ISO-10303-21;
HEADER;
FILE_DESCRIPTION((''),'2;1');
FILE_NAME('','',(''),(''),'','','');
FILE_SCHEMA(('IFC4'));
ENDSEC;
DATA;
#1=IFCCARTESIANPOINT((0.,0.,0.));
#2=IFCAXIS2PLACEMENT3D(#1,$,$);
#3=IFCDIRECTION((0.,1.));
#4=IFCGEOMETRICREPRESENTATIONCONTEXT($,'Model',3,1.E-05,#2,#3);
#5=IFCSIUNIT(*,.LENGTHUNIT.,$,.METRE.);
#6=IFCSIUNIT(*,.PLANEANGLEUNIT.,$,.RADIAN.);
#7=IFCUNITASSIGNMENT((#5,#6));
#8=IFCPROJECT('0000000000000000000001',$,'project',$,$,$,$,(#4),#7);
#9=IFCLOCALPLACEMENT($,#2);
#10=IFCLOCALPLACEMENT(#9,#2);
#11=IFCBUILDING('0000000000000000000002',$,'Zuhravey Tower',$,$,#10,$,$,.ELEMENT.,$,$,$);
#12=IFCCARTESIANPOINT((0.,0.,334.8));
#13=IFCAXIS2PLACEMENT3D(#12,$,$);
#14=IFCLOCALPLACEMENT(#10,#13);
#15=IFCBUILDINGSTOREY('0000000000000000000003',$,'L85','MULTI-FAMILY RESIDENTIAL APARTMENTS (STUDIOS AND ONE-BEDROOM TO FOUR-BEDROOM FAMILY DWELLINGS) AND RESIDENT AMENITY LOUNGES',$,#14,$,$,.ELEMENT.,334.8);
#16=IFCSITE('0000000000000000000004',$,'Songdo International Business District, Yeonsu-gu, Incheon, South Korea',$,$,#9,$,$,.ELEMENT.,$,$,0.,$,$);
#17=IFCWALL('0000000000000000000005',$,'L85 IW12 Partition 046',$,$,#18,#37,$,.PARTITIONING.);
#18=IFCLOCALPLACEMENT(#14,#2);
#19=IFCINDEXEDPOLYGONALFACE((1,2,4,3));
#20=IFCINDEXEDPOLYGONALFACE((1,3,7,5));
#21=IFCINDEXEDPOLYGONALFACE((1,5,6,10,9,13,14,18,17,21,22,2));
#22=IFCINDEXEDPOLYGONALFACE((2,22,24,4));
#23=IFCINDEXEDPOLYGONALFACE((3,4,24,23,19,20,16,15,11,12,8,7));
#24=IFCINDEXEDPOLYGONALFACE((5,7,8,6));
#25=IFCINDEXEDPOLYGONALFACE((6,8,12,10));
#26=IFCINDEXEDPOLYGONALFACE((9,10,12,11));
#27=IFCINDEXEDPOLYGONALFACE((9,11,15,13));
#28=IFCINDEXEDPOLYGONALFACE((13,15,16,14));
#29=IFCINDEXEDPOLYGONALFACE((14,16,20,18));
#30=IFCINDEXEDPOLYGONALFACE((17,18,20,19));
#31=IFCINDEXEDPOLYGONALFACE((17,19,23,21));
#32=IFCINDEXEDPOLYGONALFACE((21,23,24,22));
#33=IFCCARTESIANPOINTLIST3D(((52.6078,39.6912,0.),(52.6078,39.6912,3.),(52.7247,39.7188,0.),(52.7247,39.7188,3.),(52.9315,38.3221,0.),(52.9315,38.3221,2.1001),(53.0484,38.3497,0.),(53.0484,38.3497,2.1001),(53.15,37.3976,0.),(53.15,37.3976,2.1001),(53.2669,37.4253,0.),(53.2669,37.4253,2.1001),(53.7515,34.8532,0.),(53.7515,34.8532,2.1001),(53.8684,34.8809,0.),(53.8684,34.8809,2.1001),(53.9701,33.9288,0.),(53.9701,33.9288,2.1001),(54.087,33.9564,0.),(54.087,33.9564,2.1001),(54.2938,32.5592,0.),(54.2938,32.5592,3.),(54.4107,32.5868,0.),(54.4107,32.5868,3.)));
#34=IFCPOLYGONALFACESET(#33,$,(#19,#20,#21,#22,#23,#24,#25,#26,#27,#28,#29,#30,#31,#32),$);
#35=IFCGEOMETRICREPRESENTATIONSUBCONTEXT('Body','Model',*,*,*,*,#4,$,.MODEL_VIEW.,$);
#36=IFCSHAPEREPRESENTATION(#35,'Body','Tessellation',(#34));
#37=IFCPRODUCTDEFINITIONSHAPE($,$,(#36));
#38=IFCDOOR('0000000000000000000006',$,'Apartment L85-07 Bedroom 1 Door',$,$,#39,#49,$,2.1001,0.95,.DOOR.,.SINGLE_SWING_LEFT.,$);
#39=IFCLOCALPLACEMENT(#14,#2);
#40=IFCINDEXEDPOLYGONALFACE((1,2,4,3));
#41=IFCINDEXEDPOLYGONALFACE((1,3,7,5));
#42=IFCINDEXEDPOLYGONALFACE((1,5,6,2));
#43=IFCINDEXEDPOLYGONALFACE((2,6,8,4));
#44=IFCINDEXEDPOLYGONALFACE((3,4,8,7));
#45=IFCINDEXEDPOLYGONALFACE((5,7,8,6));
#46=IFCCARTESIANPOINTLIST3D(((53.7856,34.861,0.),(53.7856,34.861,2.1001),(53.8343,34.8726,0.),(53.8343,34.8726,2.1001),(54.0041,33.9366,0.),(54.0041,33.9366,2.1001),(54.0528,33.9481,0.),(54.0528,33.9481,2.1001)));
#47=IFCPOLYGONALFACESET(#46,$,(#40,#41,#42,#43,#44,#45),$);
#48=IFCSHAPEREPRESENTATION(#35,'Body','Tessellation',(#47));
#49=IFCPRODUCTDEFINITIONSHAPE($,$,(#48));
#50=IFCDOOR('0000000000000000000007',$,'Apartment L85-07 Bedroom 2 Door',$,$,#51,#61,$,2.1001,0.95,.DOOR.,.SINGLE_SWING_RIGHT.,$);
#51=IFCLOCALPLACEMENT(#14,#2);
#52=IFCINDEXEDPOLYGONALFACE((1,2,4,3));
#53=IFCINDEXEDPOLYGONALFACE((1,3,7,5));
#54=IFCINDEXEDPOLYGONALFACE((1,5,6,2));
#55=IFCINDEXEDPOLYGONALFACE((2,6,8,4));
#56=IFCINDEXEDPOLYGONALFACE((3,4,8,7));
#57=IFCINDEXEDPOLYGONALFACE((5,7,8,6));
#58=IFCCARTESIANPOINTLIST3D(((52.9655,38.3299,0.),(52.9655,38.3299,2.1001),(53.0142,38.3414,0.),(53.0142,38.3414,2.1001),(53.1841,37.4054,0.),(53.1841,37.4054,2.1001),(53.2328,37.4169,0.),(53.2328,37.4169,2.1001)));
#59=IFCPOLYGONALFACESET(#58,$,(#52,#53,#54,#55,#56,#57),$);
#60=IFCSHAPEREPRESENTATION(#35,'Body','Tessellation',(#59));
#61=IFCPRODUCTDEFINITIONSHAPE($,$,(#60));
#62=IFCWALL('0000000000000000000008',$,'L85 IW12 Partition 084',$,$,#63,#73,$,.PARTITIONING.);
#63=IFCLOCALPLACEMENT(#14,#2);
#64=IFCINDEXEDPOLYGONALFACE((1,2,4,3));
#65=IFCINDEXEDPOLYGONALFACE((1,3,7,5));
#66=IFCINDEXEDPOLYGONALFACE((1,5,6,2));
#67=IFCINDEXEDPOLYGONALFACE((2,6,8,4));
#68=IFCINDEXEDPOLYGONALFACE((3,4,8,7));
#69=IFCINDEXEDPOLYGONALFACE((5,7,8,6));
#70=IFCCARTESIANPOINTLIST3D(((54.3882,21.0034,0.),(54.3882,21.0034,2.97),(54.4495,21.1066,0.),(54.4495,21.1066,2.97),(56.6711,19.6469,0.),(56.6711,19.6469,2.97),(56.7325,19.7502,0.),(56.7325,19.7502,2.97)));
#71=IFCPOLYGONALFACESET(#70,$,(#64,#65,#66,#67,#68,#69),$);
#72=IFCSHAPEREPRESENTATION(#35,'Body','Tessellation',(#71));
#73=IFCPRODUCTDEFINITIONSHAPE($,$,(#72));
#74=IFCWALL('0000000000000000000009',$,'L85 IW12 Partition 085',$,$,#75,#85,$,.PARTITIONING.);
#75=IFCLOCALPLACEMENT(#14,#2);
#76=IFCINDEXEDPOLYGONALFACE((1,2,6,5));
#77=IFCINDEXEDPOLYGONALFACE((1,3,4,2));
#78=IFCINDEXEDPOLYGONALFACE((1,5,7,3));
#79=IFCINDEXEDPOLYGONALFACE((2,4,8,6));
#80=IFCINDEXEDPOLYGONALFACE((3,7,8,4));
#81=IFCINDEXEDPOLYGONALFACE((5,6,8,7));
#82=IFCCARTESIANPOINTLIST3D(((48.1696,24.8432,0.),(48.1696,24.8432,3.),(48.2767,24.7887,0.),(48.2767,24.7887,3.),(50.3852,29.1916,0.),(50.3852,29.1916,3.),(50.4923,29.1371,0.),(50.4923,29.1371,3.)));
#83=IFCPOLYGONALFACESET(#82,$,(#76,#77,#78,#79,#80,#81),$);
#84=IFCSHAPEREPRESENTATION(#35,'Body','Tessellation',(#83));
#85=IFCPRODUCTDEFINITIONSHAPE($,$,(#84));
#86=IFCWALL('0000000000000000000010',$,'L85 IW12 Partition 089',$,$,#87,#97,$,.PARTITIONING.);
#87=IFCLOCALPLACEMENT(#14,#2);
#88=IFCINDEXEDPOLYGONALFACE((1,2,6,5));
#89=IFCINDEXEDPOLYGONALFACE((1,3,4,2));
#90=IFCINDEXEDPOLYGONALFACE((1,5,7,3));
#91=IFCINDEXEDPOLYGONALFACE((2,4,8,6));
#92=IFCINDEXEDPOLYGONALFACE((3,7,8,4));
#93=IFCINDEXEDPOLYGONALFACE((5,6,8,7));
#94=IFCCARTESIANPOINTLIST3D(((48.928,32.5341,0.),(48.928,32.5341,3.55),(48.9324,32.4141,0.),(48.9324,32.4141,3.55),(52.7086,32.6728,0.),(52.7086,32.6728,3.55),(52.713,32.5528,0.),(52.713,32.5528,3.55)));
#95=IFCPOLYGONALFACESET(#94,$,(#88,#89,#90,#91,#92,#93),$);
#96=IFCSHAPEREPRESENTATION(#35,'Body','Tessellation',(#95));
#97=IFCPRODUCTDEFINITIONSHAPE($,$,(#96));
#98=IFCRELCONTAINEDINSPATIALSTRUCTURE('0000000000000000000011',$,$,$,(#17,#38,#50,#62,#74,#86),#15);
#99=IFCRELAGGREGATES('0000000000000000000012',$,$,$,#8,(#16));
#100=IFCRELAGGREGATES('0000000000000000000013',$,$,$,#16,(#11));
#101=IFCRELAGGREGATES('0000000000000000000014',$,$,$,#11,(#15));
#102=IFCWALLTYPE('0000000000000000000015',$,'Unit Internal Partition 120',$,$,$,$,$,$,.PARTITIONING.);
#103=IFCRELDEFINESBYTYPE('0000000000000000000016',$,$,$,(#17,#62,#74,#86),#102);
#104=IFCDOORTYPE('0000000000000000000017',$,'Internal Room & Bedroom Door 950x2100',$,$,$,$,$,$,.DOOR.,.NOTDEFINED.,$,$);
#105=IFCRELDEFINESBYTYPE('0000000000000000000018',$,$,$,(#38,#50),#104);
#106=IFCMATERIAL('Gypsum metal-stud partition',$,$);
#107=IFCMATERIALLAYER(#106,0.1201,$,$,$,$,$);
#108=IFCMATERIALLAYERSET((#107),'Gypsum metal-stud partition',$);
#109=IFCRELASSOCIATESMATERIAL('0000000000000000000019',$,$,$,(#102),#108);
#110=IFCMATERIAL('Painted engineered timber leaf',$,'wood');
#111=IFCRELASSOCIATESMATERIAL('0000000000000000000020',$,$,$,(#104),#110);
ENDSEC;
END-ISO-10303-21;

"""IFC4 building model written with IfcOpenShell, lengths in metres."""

from ifc_helpers import new_model, si_unit, direction, frame, frame_2d, origin, place, context, subcontext, project, spatial, rectangle, extrude, material, layer, layer_set, type_object, element, fill, save


model = new_model("IFC4")

# Units and contexts
model_context = context("Model", 3, precision=1e-05, world=origin(), true_north=direction((0.0, 1.0)))
body_context = subcontext(model_context, "Body", "Model", "MODEL_VIEW")
ifc_project = project(units=[si_unit("LENGTHUNIT", "METRE"), si_unit("PLANEANGLEUNIT", "RADIAN")], contexts=[model_context])

# Site, building, storey
site_placement = place(None, origin())
site = spatial("IfcSite", under=ifc_project, at=site_placement, Name="Songdo International Business District, Yeonsu-gu, Incheon, South Korea", CompositionType="ELEMENT", RefElevation=0.0)
building_placement = place(site_placement, origin())
building = spatial("IfcBuilding", under=site, at=building_placement, Name="Zuhravey Tower", CompositionType="ELEMENT")
storey_placement = place(building_placement, frame((0.0, 0.0, 334.8)))
storey = spatial("IfcBuildingStorey", under=building, at=storey_placement, Name="L85", Description="MULTI-FAMILY RESIDENTIAL APARTMENTS (STUDIOS AND ONE-BEDROOM TO FOUR-BEDROOM FAMILY DWELLINGS) AND RESIDENT AMENITY LOUNGES", CompositionType="ELEMENT", Elevation=334.8)

# Shared definitions
ifc_material_1 = material(Name="Gypsum metal-stud partition")
ifc_layer_1 = layer(ifc_material_1, 0.1201)
ifc_layer_set_1 = layer_set([ifc_layer_1], Name="Gypsum metal-stud partition")
wall_type_1 = type_object("IfcWallType", Name="Unit Internal Partition 120", PredefinedType="PARTITIONING", material=ifc_layer_set_1)
ifc_material_2 = material(Name="Painted engineered timber leaf", Category="wood")
door_type_1 = type_object("IfcDoorType", Name="Internal Room & Bedroom Door 950x2100", OperationType="NOTDEFINED", PredefinedType="DOOR", material=ifc_material_2)

# Wall, openings, doors
wall_1_placement = place(storey_placement, frame((54.3523, 32.573, 0.0), z_axis=(0.0, 0.0, 1.0), x_axis=(-0.23006, 0.973176, 0.0)))
wall_1 = element("IfcWall", 1, at=wall_1_placement, inside=storey, type_object=wall_type_1, Name="L85 IW12 Partition 046", PredefinedType="PARTITIONING", context=body_context, shape_type="SweptSolid", body=[
    extrude(rectangle(XDim=7.3286, YDim=0.1201, at=frame_2d((3.6643, 0.0))), origin(), (0.0, 0.0, 1.0), 3.0),
])
opening_1_placement = place(wall_1_placement, frame((1.4072, 0.0, 0.0)))
opening_1 = element("IfcOpeningElement", 2, at=opening_1_placement, cuts=wall_1, PredefinedType="OPENING", context=body_context, shape_type="SweptSolid", body=[
    extrude(rectangle(XDim=0.95, YDim=2.1001, at=frame_2d((0.4751, 1.05))), frame((0.0, 0.072, 0.0), z_axis=(0.0, -1.0, 0.0), x_axis=(1.0, 0.0, 0.0)), (0.0, 0.0, 1.0), 0.144),
])
opening_2_placement = place(wall_1_placement, frame((4.9717, 0.0, 0.0)))
opening_2 = element("IfcOpeningElement", 3, at=opening_2_placement, cuts=wall_1, PredefinedType="OPENING", context=body_context, shape_type="SweptSolid", body=[
    extrude(rectangle(XDim=0.95, YDim=2.1001, at=frame_2d((0.4751, 1.05))), frame((0.0, 0.072, 0.0), z_axis=(0.0, -1.0, 0.0), x_axis=(1.0, 0.0, 0.0)), (0.0, 0.0, 1.0), 0.144),
])
door_1_placement = place(opening_1_placement, frame((0.95, 0.0, 0.0), z_axis=(0.0, 0.0, 1.0), x_axis=(-1.0, 0.0, 0.0)))
door_1 = element("IfcDoor", 4, at=door_1_placement, inside=storey, type_object=door_type_1, Name="Apartment L85-07 Bedroom 1 Door", OperationType="SINGLE_SWING_LEFT", OverallHeight=2.1001, OverallWidth=0.95, PredefinedType="DOOR", context=body_context, shape_type="SweptSolid", body=[
    extrude(rectangle(XDim=0.95, YDim=2.1001, at=frame_2d((0.4751, 1.05))), frame((0.0, 0.0249, 0.0), z_axis=(0.0, -1.0, 0.0), x_axis=(1.0, 0.0, 0.0)), (0.0, 0.0, 1.0), 0.05),
])
fill(opening_1, door_1)
door_2_placement = place(opening_2_placement, frame((0.95, 0.0, 0.0), z_axis=(0.0, 0.0, 1.0), x_axis=(-1.0, 0.0, 0.0)))
door_2 = element("IfcDoor", 5, at=door_2_placement, inside=storey, type_object=door_type_1, Name="Apartment L85-07 Bedroom 2 Door", OperationType="SINGLE_SWING_RIGHT", OverallHeight=2.1001, OverallWidth=0.95, PredefinedType="DOOR", context=body_context, shape_type="SweptSolid", body=[
    extrude(rectangle(XDim=0.95, YDim=2.1001, at=frame_2d((0.4751, 1.05))), frame((0.0, 0.0249, 0.0), z_axis=(0.0, -1.0, 0.0), x_axis=(1.0, 0.0, 0.0)), (0.0, 0.0, 1.0), 0.05),
])
fill(opening_2, door_2)

# Walls
wall_2_placement = place(storey_placement, frame((54.4189, 21.0549, 0.0), z_axis=(0.0, 0.0, 1.0), x_axis=(0.8597, -0.5108, 0.0)))
element("IfcWall", 6, at=wall_2_placement, inside=storey, type_object=wall_type_1, Name="L85 IW12 Partition 084", PredefinedType="PARTITIONING", context=body_context, shape_type="SweptSolid", body=[
    extrude(rectangle(XDim=2.6555, YDim=0.1201, at=frame_2d((1.3276, 0.0))), origin(), (0.0, 0.0, 1.0), 2.97),
])
wall_3_placement = place(storey_placement, frame((48.2231, 24.8159, 0.0), z_axis=(0.0, 0.0, 1.0), x_axis=(0.453984, 0.89101, 0.0)))
element("IfcWall", 7, at=wall_3_placement, inside=storey, type_object=wall_type_1, Name="L85 IW12 Partition 085", PredefinedType="PARTITIONING", context=body_context, shape_type="SweptSolid", body=[
    extrude(rectangle(XDim=4.8804, YDim=0.1201, at=frame_2d((2.4402, 0.0))), origin(), (0.0, 0.0, 1.0), 3.0),
])
wall_4_placement = place(storey_placement, frame((48.9302, 32.4741, 0.0), z_axis=(0.0, 0.0, 1.0), x_axis=(0.999328, 0.036654, 0.0)))
element("IfcWall", 8, at=wall_4_placement, inside=storey, type_object=wall_type_1, Name="L85 IW12 Partition 089", PredefinedType="PARTITIONING", context=body_context, shape_type="SweptSolid", body=[
    extrude(rectangle(XDim=3.7832, YDim=0.1201, at=frame_2d((1.8916, 0.0))), origin(), (0.0, 0.0, 1.0), 3.55),
])

save(model, "model.ifc")
